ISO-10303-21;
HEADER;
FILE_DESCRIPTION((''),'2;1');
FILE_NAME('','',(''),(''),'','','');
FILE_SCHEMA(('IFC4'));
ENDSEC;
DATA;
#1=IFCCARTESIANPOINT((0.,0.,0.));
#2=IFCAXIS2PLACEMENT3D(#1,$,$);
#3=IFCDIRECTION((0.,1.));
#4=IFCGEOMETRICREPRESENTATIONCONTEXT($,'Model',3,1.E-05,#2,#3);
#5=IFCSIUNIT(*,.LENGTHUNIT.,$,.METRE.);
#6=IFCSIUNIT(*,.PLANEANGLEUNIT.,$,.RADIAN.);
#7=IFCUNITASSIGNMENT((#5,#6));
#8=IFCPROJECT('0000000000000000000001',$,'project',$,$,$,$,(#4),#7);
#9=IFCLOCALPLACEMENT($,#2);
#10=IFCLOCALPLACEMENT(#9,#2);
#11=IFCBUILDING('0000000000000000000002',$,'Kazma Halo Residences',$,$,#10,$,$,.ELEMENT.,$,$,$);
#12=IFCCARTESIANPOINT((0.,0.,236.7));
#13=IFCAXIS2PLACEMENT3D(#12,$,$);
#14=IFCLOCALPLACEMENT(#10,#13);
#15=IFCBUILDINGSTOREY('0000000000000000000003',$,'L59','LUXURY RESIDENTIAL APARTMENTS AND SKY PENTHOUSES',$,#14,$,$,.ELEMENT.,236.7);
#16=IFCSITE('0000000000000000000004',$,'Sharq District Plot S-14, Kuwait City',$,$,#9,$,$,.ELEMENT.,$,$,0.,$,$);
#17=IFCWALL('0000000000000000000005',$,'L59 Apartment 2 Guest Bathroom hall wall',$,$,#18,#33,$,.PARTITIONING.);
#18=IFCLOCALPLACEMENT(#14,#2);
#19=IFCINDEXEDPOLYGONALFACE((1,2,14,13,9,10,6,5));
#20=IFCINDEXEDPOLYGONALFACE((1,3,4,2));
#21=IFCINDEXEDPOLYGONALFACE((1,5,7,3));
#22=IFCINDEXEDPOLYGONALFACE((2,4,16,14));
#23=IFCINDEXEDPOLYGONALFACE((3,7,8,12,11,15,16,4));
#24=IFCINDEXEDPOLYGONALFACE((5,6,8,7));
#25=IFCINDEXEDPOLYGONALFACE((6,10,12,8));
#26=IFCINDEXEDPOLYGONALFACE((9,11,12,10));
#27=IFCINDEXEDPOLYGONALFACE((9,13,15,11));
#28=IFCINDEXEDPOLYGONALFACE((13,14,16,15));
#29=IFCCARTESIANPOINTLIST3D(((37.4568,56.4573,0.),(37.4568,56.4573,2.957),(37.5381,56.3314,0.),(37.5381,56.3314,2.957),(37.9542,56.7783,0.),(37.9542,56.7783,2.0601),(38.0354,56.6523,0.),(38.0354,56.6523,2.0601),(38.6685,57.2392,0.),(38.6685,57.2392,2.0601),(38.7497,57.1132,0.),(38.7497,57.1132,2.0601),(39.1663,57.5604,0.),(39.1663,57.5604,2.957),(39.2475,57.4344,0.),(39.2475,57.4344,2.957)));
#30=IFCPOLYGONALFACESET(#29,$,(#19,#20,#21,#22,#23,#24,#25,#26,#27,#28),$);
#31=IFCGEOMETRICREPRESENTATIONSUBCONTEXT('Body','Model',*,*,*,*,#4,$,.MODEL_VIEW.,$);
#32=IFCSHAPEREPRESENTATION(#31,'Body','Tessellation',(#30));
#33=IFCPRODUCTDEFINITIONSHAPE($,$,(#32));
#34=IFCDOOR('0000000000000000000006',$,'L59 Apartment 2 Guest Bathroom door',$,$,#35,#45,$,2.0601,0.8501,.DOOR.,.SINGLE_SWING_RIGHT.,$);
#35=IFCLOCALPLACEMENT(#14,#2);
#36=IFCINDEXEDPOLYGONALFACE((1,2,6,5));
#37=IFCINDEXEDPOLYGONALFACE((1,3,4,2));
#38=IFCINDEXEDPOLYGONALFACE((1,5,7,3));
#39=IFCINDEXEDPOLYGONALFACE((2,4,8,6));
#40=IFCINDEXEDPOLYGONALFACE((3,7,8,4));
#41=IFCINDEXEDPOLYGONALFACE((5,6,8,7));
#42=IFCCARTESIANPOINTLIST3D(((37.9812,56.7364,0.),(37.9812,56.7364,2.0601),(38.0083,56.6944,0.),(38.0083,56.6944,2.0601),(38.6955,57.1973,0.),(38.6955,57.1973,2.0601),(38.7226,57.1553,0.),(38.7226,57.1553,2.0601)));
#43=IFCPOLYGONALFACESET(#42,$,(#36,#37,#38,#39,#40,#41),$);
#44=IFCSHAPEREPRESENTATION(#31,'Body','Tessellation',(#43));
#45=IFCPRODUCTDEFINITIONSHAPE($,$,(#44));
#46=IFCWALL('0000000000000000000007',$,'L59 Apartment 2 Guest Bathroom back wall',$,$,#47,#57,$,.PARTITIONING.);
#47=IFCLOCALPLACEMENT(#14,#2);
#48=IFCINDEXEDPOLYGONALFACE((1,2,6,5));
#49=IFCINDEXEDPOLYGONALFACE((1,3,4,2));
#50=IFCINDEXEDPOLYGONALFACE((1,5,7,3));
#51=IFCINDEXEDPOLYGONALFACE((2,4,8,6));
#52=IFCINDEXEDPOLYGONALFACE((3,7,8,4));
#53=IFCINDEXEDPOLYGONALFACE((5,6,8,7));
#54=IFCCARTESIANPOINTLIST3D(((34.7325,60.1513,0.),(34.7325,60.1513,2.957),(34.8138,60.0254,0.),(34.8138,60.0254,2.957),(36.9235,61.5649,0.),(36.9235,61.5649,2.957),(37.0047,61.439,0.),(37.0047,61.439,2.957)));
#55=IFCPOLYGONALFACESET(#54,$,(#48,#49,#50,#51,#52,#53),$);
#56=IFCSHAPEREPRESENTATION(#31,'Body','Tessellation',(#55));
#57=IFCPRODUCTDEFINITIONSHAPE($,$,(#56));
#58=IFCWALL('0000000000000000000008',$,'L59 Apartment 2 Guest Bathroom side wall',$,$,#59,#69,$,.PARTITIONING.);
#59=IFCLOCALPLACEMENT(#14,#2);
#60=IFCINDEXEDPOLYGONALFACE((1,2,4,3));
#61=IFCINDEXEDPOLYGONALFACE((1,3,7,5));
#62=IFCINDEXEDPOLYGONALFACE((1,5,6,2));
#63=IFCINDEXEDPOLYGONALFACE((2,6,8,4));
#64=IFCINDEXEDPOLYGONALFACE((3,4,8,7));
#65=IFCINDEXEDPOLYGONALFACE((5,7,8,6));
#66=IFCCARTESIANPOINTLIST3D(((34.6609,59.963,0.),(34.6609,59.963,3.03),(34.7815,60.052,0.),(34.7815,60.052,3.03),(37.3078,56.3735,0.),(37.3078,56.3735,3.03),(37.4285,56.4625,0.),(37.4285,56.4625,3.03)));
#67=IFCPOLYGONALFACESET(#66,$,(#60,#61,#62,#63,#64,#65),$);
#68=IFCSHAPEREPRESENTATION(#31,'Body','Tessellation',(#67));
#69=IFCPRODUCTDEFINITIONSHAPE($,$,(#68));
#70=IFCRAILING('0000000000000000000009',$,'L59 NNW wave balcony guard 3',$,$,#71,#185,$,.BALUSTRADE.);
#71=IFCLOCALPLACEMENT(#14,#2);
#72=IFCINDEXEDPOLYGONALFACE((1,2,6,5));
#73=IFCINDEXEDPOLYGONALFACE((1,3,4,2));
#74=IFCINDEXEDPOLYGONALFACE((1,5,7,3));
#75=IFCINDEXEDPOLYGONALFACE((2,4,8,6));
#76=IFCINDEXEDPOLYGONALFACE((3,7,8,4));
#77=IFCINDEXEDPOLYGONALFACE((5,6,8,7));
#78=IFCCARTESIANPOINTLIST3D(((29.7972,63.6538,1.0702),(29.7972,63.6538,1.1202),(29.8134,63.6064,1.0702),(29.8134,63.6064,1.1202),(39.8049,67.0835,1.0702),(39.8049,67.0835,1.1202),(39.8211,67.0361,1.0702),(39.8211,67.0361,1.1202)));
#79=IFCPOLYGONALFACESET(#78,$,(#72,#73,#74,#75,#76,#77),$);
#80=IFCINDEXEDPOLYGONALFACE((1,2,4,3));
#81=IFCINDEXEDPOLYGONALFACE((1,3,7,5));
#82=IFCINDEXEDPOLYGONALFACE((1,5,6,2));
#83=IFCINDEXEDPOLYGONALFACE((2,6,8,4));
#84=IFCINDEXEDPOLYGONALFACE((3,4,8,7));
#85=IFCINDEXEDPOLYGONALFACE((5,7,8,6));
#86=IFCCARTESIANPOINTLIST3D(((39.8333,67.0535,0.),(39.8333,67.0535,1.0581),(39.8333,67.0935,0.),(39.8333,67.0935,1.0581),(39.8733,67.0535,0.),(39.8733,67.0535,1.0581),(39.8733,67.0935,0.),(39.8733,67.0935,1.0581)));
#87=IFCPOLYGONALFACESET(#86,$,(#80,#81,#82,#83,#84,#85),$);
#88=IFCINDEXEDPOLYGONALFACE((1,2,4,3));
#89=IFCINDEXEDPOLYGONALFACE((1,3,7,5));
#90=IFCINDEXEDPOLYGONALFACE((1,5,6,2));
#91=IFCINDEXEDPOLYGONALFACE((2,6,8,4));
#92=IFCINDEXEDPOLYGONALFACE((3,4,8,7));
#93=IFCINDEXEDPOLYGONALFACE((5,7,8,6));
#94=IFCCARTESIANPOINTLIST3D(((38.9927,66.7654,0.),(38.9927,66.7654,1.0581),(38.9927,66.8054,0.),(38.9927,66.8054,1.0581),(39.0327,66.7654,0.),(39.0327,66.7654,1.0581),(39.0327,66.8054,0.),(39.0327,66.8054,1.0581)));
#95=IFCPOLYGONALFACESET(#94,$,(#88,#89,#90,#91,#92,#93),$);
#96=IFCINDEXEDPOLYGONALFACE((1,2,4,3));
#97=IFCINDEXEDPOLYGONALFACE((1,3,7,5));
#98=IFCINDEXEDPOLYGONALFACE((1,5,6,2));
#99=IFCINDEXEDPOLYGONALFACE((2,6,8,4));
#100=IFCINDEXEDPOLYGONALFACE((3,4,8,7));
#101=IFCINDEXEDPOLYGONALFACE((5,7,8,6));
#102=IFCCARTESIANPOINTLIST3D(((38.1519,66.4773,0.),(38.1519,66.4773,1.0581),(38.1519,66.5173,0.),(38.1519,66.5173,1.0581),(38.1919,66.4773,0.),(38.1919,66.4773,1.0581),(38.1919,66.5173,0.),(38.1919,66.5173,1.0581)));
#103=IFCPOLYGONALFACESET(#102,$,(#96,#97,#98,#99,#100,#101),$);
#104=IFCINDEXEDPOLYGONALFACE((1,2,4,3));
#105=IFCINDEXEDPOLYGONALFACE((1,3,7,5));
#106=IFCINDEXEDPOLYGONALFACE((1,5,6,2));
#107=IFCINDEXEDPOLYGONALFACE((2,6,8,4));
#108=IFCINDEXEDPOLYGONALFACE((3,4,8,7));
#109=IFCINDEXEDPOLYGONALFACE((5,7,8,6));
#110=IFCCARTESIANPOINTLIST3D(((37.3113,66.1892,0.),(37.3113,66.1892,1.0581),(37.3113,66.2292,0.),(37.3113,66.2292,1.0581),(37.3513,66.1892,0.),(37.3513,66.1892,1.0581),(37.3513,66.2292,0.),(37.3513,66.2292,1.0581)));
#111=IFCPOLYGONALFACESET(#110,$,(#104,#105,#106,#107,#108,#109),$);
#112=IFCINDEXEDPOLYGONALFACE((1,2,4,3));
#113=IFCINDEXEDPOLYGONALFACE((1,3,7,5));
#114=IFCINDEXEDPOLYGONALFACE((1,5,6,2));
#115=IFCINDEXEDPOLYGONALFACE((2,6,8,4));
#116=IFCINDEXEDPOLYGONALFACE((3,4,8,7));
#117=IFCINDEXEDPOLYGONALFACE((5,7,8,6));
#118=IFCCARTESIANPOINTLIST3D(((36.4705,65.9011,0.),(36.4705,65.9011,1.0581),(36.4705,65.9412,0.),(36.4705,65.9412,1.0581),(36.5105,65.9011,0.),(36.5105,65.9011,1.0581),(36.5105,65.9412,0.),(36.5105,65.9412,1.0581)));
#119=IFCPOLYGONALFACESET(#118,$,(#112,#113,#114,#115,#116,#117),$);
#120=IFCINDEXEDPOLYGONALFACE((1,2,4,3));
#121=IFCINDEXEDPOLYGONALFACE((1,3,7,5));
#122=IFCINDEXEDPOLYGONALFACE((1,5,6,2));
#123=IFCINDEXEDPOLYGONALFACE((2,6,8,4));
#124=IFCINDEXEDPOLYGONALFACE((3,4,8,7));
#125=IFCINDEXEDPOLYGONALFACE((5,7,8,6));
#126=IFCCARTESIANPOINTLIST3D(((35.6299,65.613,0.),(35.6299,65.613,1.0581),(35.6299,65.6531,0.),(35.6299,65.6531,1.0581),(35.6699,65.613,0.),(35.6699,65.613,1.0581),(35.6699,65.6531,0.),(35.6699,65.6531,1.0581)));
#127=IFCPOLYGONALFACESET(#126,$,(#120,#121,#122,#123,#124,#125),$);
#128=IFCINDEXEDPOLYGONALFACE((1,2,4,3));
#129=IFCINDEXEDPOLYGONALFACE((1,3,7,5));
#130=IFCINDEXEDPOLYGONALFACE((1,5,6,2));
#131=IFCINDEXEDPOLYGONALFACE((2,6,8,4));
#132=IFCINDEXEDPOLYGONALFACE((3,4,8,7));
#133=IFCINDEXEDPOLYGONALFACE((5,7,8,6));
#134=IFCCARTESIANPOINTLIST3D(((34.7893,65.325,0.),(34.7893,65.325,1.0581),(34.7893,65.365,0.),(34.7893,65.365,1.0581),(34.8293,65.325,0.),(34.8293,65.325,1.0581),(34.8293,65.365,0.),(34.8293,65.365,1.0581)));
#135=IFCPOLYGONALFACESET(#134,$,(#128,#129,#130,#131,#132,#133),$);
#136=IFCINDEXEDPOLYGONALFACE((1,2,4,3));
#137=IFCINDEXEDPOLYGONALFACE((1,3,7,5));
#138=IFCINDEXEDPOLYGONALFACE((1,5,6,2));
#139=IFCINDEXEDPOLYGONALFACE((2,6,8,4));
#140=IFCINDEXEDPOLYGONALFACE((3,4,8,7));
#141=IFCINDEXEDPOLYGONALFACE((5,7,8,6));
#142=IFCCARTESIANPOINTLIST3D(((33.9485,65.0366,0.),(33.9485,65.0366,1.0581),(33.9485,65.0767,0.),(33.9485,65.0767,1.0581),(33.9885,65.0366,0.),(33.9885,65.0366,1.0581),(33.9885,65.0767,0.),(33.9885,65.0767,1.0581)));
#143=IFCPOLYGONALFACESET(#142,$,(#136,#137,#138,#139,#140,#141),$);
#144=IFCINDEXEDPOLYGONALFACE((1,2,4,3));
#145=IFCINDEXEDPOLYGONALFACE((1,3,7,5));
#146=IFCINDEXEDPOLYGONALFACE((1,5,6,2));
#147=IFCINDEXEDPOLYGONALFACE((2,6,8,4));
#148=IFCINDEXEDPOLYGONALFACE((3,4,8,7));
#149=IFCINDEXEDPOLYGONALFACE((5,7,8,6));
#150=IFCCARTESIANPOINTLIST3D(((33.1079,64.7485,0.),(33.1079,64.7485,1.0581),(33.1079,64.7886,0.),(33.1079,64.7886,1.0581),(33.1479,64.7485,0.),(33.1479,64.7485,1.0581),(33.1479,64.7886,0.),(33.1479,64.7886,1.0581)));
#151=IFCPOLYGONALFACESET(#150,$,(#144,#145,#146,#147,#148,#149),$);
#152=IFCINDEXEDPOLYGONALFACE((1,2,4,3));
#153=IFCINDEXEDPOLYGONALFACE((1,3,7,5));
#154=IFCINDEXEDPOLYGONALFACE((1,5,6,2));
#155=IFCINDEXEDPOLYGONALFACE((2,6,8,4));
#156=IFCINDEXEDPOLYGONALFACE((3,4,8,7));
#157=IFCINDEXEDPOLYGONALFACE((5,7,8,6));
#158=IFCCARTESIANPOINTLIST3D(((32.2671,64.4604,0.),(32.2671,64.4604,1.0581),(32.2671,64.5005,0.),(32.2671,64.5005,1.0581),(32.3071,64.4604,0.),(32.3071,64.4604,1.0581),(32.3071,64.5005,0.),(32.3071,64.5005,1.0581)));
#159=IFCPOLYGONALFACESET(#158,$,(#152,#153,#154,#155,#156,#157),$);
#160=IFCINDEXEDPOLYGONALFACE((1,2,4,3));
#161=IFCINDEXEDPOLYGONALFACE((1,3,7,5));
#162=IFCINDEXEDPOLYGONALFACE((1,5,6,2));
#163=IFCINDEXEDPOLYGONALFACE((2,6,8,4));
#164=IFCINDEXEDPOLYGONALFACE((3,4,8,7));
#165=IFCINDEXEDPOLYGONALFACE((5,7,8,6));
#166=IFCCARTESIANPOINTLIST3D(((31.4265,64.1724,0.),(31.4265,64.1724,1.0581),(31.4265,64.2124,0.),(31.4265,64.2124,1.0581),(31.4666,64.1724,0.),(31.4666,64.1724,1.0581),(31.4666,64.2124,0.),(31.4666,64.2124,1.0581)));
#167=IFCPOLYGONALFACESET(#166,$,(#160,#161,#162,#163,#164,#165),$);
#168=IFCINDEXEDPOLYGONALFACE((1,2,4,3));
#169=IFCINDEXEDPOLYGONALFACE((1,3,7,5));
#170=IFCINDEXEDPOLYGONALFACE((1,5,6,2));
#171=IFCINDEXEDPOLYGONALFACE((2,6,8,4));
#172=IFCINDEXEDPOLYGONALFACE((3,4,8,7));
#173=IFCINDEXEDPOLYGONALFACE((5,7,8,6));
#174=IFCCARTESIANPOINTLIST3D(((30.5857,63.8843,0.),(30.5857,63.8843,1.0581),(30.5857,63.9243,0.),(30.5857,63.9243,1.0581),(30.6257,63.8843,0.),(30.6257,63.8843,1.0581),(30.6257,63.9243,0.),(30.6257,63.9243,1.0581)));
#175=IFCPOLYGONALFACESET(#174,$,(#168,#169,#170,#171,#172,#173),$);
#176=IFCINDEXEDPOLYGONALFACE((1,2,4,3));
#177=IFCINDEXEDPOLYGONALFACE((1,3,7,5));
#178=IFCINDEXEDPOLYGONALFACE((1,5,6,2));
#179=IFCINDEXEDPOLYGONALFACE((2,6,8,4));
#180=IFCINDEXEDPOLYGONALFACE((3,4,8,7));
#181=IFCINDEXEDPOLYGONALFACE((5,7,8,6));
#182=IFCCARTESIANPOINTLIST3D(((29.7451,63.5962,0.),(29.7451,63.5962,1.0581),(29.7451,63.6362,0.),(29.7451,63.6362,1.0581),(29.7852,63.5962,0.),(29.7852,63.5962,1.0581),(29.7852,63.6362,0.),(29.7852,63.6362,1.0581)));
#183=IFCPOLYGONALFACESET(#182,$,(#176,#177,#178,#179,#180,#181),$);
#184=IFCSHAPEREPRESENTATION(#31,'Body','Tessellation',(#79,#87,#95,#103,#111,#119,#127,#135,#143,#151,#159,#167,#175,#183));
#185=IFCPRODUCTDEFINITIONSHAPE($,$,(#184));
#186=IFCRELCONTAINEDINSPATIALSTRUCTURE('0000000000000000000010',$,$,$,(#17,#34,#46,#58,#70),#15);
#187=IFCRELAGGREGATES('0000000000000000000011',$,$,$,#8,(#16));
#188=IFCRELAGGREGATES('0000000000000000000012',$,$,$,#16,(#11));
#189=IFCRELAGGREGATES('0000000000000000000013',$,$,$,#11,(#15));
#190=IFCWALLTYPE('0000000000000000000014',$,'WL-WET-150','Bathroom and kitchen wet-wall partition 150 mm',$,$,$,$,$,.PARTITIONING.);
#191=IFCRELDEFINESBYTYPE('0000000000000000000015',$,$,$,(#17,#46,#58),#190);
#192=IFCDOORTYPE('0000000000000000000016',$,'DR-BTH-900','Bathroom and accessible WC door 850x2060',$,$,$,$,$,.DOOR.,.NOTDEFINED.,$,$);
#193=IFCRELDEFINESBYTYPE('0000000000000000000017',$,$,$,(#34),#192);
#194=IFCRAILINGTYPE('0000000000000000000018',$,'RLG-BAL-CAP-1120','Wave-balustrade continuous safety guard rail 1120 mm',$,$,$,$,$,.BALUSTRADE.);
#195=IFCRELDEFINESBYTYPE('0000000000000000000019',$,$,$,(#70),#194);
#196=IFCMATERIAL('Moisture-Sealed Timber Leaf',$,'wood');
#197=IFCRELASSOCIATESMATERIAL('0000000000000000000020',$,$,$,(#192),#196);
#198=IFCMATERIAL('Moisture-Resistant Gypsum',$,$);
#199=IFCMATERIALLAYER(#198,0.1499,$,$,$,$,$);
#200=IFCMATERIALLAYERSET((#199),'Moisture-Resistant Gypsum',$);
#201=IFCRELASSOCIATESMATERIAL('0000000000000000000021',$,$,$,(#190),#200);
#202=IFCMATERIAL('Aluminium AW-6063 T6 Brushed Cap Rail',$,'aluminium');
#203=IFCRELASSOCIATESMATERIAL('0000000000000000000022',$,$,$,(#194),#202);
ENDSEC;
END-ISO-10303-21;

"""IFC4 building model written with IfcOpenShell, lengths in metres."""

from ifc_helpers import new_model, si_unit, direction, frame, frame_2d, origin, origin_2d, place, context, subcontext, project, spatial, rectangle, extrude, material, layer, layer_set, type_object, element, fill, save


model = new_model("IFC4")

# Units and contexts
model_context = context("Model", 3, precision=1e-05, world=origin(), true_north=direction((0.0, 1.0)))
body_context = subcontext(model_context, "Body", "Model", "MODEL_VIEW")
ifc_project = project(units=[si_unit("LENGTHUNIT", "METRE"), si_unit("PLANEANGLEUNIT", "RADIAN")], contexts=[model_context])

# Site, building, storey
site_placement = place(None, origin())
site = spatial("IfcSite", under=ifc_project, at=site_placement, Name="Sharq District Plot S-14, Kuwait City", CompositionType="ELEMENT", RefElevation=0.0)
building_placement = place(site_placement, origin())
building = spatial("IfcBuilding", under=site, at=building_placement, Name="Kazma Halo Residences", CompositionType="ELEMENT")
storey_placement = place(building_placement, frame((0.0, 0.0, 236.7)))
storey = spatial("IfcBuildingStorey", under=building, at=storey_placement, Name="L59", Description="LUXURY RESIDENTIAL APARTMENTS AND SKY PENTHOUSES", CompositionType="ELEMENT", Elevation=236.7)

# Wall, opening, door
ifc_material_1 = material(Name="Moisture-Sealed Timber Leaf", Category="wood")
door_type_1 = type_object("IfcDoorType", Name="DR-BTH-900", Description="Bathroom and accessible WC door 850x2060", OperationType="NOTDEFINED", PredefinedType="DOOR", material=ifc_material_1)
ifc_material_2 = material(Name="Moisture-Resistant Gypsum")
ifc_layer_1 = layer(ifc_material_2, 0.1499)
ifc_layer_set_1 = layer_set([ifc_layer_1], Name="Moisture-Resistant Gypsum")
wall_type_1 = type_object("IfcWallType", Name="WL-WET-150", Description="Bathroom and kitchen wet-wall partition 150 mm", PredefinedType="PARTITIONING", material=ifc_layer_set_1)
wall_1_placement = place(storey_placement, frame((39.2068, 57.4973, 0.0), z_axis=(0.0, 0.0, 1.0), x_axis=(-0.840265, -0.542176, 0.0)))
wall_1 = element("IfcWall", 1, at=wall_1_placement, inside=storey, type_object=wall_type_1, Name="L59 Apartment 2 Guest Bathroom hall wall", PredefinedType="PARTITIONING", context=body_context, shape_type="SweptSolid", body=[
    extrude(rectangle(XDim=2.0344, YDim=0.1499, at=frame_2d((1.0171, 0.0))), origin(), (0.0, 0.0, 1.0), 2.957),
])
opening_1_placement = place(wall_1_placement, frame((0.5923, 0.0, 0.0)))
opening_1 = element("IfcOpeningElement", 2, at=opening_1_placement, cuts=wall_1, PredefinedType="OPENING", context=body_context, shape_type="SweptSolid", body=[
    extrude(rectangle(XDim=0.8501, YDim=2.0601, at=frame_2d((0.425, 1.03))), frame((0.0, 0.085, 0.0), z_axis=(0.0, -1.0, 0.0), x_axis=(1.0, 0.0, 0.0)), (0.0, 0.0, 1.0), 0.1699),
])
door_1_placement = place(opening_1_placement, origin())
door_1 = element("IfcDoor", 3, at=door_1_placement, inside=storey, type_object=door_type_1, Name="L59 Apartment 2 Guest Bathroom door", OperationType="SINGLE_SWING_RIGHT", OverallHeight=2.0601, OverallWidth=0.8501, PredefinedType="DOOR", context=body_context, shape_type="SweptSolid", body=[
    extrude(rectangle(XDim=0.8501, YDim=2.0601, at=frame_2d((0.425, 1.03))), frame((0.0, 0.0249, 0.0), z_axis=(0.0, -1.0, 0.0), x_axis=(1.0, 0.0, 0.0)), (0.0, 0.0, 1.0), 0.05),
])
fill(opening_1, door_1)

# Walls
wall_2_placement = place(storey_placement, frame((36.9641, 61.502, 0.0), z_axis=(0.0, 0.0, 1.0), x_axis=(-0.840283, -0.542148, 0.0)))
element("IfcWall", 4, at=wall_2_placement, inside=storey, type_object=wall_type_1, Name="L59 Apartment 2 Guest Bathroom back wall", PredefinedType="PARTITIONING", context=body_context, shape_type="SweptSolid", body=[
    extrude(rectangle(XDim=2.6074, YDim=0.1499, at=frame_2d((1.3037, 0.0))), origin(), (0.0, 0.0, 1.0), 2.957),
])
wall_3_placement = place(storey_placement, frame((37.3682, 56.418, 0.0), z_axis=(0.0, 0.0, 1.0), x_axis=(-0.59349, 0.804841, 0.0)))
element("IfcWall", 5, at=wall_3_placement, inside=storey, type_object=wall_type_1, Name="L59 Apartment 2 Guest Bathroom side wall", PredefinedType="PARTITIONING", context=body_context, shape_type="SweptSolid", body=[
    extrude(rectangle(XDim=4.46, YDim=0.1499, at=frame_2d((2.23, 0.0))), origin(), (0.0, 0.0, 1.0), 3.03),
])

# Railing
ifc_material_3 = material(Name="Aluminium AW-6063 T6 Brushed Cap Rail", Category="aluminium")
railing_type = type_object("IfcRailingType", Name="RLG-BAL-CAP-1120", Description="Wave-balustrade continuous safety guard rail 1120 mm", PredefinedType="BALUSTRADE", material=ifc_material_3)
railing_placement = place(storey_placement, frame((39.8533, 67.0735, 0.0)))
element("IfcRailing", 6, at=railing_placement, inside=storey, type_object=railing_type, Name="L59 NNW wave balcony guard 3", PredefinedType="BALUSTRADE", context=body_context, shape_type="SweptSolid", body=[
    extrude(rectangle(XDim=0.05, YDim=0.05, at=origin_2d()), frame((-0.0403, -0.0137, 1.0952), z_axis=(-0.945989, -0.324197, 0.0), x_axis=(0.324197, -0.945989, 0.0)), (0.0, 0.0, 1.0), 10.5791),
    extrude(rectangle(XDim=0.04, YDim=0.04, at=origin_2d()), origin(), (0.0, 0.0, 1.0), 1.0581),
    extrude(rectangle(XDim=0.04, YDim=0.04, at=origin_2d()), frame((-0.8406, -0.2881, 0.0)), (0.0, 0.0, 1.0), 1.0581),
    extrude(rectangle(XDim=0.04, YDim=0.04, at=origin_2d()), frame((-1.6814, -0.5762, 0.0)), (0.0, 0.0, 1.0), 1.0581),
    extrude(rectangle(XDim=0.04, YDim=0.04, at=origin_2d()), frame((-2.522, -0.8643, 0.0)), (0.0, 0.0, 1.0), 1.0581),
    extrude(rectangle(XDim=0.04, YDim=0.04, at=origin_2d()), frame((-3.3628, -1.1523, 0.0)), (0.0, 0.0, 1.0), 1.0581),
    extrude(rectangle(XDim=0.04, YDim=0.04, at=origin_2d()), frame((-4.2034, -1.4404, 0.0)), (0.0, 0.0, 1.0), 1.0581),
    extrude(rectangle(XDim=0.04, YDim=0.04, at=origin_2d()), frame((-5.0439, -1.7285, 0.0)), (0.0, 0.0, 1.0), 1.0581),
    extrude(rectangle(XDim=0.04, YDim=0.04, at=origin_2d()), frame((-5.8848, -2.0168, 0.0)), (0.0, 0.0, 1.0), 1.0581),
    extrude(rectangle(XDim=0.04, YDim=0.04, at=origin_2d()), frame((-6.7253, -2.3049, 0.0)), (0.0, 0.0, 1.0), 1.0581),
    extrude(rectangle(XDim=0.04, YDim=0.04, at=origin_2d()), frame((-7.5662, -2.593, 0.0)), (0.0, 0.0, 1.0), 1.0581),
    extrude(rectangle(XDim=0.04, YDim=0.04, at=origin_2d()), frame((-8.4067, -2.8811, 0.0)), (0.0, 0.0, 1.0), 1.0581),
    extrude(rectangle(XDim=0.04, YDim=0.04, at=origin_2d()), frame((-9.2476, -3.1692, 0.0)), (0.0, 0.0, 1.0), 1.0581),
    extrude(rectangle(XDim=0.04, YDim=0.04, at=origin_2d()), frame((-10.0881, -3.4573, 0.0)), (0.0, 0.0, 1.0), 1.0581),
])

save(model, "model.ifc")
